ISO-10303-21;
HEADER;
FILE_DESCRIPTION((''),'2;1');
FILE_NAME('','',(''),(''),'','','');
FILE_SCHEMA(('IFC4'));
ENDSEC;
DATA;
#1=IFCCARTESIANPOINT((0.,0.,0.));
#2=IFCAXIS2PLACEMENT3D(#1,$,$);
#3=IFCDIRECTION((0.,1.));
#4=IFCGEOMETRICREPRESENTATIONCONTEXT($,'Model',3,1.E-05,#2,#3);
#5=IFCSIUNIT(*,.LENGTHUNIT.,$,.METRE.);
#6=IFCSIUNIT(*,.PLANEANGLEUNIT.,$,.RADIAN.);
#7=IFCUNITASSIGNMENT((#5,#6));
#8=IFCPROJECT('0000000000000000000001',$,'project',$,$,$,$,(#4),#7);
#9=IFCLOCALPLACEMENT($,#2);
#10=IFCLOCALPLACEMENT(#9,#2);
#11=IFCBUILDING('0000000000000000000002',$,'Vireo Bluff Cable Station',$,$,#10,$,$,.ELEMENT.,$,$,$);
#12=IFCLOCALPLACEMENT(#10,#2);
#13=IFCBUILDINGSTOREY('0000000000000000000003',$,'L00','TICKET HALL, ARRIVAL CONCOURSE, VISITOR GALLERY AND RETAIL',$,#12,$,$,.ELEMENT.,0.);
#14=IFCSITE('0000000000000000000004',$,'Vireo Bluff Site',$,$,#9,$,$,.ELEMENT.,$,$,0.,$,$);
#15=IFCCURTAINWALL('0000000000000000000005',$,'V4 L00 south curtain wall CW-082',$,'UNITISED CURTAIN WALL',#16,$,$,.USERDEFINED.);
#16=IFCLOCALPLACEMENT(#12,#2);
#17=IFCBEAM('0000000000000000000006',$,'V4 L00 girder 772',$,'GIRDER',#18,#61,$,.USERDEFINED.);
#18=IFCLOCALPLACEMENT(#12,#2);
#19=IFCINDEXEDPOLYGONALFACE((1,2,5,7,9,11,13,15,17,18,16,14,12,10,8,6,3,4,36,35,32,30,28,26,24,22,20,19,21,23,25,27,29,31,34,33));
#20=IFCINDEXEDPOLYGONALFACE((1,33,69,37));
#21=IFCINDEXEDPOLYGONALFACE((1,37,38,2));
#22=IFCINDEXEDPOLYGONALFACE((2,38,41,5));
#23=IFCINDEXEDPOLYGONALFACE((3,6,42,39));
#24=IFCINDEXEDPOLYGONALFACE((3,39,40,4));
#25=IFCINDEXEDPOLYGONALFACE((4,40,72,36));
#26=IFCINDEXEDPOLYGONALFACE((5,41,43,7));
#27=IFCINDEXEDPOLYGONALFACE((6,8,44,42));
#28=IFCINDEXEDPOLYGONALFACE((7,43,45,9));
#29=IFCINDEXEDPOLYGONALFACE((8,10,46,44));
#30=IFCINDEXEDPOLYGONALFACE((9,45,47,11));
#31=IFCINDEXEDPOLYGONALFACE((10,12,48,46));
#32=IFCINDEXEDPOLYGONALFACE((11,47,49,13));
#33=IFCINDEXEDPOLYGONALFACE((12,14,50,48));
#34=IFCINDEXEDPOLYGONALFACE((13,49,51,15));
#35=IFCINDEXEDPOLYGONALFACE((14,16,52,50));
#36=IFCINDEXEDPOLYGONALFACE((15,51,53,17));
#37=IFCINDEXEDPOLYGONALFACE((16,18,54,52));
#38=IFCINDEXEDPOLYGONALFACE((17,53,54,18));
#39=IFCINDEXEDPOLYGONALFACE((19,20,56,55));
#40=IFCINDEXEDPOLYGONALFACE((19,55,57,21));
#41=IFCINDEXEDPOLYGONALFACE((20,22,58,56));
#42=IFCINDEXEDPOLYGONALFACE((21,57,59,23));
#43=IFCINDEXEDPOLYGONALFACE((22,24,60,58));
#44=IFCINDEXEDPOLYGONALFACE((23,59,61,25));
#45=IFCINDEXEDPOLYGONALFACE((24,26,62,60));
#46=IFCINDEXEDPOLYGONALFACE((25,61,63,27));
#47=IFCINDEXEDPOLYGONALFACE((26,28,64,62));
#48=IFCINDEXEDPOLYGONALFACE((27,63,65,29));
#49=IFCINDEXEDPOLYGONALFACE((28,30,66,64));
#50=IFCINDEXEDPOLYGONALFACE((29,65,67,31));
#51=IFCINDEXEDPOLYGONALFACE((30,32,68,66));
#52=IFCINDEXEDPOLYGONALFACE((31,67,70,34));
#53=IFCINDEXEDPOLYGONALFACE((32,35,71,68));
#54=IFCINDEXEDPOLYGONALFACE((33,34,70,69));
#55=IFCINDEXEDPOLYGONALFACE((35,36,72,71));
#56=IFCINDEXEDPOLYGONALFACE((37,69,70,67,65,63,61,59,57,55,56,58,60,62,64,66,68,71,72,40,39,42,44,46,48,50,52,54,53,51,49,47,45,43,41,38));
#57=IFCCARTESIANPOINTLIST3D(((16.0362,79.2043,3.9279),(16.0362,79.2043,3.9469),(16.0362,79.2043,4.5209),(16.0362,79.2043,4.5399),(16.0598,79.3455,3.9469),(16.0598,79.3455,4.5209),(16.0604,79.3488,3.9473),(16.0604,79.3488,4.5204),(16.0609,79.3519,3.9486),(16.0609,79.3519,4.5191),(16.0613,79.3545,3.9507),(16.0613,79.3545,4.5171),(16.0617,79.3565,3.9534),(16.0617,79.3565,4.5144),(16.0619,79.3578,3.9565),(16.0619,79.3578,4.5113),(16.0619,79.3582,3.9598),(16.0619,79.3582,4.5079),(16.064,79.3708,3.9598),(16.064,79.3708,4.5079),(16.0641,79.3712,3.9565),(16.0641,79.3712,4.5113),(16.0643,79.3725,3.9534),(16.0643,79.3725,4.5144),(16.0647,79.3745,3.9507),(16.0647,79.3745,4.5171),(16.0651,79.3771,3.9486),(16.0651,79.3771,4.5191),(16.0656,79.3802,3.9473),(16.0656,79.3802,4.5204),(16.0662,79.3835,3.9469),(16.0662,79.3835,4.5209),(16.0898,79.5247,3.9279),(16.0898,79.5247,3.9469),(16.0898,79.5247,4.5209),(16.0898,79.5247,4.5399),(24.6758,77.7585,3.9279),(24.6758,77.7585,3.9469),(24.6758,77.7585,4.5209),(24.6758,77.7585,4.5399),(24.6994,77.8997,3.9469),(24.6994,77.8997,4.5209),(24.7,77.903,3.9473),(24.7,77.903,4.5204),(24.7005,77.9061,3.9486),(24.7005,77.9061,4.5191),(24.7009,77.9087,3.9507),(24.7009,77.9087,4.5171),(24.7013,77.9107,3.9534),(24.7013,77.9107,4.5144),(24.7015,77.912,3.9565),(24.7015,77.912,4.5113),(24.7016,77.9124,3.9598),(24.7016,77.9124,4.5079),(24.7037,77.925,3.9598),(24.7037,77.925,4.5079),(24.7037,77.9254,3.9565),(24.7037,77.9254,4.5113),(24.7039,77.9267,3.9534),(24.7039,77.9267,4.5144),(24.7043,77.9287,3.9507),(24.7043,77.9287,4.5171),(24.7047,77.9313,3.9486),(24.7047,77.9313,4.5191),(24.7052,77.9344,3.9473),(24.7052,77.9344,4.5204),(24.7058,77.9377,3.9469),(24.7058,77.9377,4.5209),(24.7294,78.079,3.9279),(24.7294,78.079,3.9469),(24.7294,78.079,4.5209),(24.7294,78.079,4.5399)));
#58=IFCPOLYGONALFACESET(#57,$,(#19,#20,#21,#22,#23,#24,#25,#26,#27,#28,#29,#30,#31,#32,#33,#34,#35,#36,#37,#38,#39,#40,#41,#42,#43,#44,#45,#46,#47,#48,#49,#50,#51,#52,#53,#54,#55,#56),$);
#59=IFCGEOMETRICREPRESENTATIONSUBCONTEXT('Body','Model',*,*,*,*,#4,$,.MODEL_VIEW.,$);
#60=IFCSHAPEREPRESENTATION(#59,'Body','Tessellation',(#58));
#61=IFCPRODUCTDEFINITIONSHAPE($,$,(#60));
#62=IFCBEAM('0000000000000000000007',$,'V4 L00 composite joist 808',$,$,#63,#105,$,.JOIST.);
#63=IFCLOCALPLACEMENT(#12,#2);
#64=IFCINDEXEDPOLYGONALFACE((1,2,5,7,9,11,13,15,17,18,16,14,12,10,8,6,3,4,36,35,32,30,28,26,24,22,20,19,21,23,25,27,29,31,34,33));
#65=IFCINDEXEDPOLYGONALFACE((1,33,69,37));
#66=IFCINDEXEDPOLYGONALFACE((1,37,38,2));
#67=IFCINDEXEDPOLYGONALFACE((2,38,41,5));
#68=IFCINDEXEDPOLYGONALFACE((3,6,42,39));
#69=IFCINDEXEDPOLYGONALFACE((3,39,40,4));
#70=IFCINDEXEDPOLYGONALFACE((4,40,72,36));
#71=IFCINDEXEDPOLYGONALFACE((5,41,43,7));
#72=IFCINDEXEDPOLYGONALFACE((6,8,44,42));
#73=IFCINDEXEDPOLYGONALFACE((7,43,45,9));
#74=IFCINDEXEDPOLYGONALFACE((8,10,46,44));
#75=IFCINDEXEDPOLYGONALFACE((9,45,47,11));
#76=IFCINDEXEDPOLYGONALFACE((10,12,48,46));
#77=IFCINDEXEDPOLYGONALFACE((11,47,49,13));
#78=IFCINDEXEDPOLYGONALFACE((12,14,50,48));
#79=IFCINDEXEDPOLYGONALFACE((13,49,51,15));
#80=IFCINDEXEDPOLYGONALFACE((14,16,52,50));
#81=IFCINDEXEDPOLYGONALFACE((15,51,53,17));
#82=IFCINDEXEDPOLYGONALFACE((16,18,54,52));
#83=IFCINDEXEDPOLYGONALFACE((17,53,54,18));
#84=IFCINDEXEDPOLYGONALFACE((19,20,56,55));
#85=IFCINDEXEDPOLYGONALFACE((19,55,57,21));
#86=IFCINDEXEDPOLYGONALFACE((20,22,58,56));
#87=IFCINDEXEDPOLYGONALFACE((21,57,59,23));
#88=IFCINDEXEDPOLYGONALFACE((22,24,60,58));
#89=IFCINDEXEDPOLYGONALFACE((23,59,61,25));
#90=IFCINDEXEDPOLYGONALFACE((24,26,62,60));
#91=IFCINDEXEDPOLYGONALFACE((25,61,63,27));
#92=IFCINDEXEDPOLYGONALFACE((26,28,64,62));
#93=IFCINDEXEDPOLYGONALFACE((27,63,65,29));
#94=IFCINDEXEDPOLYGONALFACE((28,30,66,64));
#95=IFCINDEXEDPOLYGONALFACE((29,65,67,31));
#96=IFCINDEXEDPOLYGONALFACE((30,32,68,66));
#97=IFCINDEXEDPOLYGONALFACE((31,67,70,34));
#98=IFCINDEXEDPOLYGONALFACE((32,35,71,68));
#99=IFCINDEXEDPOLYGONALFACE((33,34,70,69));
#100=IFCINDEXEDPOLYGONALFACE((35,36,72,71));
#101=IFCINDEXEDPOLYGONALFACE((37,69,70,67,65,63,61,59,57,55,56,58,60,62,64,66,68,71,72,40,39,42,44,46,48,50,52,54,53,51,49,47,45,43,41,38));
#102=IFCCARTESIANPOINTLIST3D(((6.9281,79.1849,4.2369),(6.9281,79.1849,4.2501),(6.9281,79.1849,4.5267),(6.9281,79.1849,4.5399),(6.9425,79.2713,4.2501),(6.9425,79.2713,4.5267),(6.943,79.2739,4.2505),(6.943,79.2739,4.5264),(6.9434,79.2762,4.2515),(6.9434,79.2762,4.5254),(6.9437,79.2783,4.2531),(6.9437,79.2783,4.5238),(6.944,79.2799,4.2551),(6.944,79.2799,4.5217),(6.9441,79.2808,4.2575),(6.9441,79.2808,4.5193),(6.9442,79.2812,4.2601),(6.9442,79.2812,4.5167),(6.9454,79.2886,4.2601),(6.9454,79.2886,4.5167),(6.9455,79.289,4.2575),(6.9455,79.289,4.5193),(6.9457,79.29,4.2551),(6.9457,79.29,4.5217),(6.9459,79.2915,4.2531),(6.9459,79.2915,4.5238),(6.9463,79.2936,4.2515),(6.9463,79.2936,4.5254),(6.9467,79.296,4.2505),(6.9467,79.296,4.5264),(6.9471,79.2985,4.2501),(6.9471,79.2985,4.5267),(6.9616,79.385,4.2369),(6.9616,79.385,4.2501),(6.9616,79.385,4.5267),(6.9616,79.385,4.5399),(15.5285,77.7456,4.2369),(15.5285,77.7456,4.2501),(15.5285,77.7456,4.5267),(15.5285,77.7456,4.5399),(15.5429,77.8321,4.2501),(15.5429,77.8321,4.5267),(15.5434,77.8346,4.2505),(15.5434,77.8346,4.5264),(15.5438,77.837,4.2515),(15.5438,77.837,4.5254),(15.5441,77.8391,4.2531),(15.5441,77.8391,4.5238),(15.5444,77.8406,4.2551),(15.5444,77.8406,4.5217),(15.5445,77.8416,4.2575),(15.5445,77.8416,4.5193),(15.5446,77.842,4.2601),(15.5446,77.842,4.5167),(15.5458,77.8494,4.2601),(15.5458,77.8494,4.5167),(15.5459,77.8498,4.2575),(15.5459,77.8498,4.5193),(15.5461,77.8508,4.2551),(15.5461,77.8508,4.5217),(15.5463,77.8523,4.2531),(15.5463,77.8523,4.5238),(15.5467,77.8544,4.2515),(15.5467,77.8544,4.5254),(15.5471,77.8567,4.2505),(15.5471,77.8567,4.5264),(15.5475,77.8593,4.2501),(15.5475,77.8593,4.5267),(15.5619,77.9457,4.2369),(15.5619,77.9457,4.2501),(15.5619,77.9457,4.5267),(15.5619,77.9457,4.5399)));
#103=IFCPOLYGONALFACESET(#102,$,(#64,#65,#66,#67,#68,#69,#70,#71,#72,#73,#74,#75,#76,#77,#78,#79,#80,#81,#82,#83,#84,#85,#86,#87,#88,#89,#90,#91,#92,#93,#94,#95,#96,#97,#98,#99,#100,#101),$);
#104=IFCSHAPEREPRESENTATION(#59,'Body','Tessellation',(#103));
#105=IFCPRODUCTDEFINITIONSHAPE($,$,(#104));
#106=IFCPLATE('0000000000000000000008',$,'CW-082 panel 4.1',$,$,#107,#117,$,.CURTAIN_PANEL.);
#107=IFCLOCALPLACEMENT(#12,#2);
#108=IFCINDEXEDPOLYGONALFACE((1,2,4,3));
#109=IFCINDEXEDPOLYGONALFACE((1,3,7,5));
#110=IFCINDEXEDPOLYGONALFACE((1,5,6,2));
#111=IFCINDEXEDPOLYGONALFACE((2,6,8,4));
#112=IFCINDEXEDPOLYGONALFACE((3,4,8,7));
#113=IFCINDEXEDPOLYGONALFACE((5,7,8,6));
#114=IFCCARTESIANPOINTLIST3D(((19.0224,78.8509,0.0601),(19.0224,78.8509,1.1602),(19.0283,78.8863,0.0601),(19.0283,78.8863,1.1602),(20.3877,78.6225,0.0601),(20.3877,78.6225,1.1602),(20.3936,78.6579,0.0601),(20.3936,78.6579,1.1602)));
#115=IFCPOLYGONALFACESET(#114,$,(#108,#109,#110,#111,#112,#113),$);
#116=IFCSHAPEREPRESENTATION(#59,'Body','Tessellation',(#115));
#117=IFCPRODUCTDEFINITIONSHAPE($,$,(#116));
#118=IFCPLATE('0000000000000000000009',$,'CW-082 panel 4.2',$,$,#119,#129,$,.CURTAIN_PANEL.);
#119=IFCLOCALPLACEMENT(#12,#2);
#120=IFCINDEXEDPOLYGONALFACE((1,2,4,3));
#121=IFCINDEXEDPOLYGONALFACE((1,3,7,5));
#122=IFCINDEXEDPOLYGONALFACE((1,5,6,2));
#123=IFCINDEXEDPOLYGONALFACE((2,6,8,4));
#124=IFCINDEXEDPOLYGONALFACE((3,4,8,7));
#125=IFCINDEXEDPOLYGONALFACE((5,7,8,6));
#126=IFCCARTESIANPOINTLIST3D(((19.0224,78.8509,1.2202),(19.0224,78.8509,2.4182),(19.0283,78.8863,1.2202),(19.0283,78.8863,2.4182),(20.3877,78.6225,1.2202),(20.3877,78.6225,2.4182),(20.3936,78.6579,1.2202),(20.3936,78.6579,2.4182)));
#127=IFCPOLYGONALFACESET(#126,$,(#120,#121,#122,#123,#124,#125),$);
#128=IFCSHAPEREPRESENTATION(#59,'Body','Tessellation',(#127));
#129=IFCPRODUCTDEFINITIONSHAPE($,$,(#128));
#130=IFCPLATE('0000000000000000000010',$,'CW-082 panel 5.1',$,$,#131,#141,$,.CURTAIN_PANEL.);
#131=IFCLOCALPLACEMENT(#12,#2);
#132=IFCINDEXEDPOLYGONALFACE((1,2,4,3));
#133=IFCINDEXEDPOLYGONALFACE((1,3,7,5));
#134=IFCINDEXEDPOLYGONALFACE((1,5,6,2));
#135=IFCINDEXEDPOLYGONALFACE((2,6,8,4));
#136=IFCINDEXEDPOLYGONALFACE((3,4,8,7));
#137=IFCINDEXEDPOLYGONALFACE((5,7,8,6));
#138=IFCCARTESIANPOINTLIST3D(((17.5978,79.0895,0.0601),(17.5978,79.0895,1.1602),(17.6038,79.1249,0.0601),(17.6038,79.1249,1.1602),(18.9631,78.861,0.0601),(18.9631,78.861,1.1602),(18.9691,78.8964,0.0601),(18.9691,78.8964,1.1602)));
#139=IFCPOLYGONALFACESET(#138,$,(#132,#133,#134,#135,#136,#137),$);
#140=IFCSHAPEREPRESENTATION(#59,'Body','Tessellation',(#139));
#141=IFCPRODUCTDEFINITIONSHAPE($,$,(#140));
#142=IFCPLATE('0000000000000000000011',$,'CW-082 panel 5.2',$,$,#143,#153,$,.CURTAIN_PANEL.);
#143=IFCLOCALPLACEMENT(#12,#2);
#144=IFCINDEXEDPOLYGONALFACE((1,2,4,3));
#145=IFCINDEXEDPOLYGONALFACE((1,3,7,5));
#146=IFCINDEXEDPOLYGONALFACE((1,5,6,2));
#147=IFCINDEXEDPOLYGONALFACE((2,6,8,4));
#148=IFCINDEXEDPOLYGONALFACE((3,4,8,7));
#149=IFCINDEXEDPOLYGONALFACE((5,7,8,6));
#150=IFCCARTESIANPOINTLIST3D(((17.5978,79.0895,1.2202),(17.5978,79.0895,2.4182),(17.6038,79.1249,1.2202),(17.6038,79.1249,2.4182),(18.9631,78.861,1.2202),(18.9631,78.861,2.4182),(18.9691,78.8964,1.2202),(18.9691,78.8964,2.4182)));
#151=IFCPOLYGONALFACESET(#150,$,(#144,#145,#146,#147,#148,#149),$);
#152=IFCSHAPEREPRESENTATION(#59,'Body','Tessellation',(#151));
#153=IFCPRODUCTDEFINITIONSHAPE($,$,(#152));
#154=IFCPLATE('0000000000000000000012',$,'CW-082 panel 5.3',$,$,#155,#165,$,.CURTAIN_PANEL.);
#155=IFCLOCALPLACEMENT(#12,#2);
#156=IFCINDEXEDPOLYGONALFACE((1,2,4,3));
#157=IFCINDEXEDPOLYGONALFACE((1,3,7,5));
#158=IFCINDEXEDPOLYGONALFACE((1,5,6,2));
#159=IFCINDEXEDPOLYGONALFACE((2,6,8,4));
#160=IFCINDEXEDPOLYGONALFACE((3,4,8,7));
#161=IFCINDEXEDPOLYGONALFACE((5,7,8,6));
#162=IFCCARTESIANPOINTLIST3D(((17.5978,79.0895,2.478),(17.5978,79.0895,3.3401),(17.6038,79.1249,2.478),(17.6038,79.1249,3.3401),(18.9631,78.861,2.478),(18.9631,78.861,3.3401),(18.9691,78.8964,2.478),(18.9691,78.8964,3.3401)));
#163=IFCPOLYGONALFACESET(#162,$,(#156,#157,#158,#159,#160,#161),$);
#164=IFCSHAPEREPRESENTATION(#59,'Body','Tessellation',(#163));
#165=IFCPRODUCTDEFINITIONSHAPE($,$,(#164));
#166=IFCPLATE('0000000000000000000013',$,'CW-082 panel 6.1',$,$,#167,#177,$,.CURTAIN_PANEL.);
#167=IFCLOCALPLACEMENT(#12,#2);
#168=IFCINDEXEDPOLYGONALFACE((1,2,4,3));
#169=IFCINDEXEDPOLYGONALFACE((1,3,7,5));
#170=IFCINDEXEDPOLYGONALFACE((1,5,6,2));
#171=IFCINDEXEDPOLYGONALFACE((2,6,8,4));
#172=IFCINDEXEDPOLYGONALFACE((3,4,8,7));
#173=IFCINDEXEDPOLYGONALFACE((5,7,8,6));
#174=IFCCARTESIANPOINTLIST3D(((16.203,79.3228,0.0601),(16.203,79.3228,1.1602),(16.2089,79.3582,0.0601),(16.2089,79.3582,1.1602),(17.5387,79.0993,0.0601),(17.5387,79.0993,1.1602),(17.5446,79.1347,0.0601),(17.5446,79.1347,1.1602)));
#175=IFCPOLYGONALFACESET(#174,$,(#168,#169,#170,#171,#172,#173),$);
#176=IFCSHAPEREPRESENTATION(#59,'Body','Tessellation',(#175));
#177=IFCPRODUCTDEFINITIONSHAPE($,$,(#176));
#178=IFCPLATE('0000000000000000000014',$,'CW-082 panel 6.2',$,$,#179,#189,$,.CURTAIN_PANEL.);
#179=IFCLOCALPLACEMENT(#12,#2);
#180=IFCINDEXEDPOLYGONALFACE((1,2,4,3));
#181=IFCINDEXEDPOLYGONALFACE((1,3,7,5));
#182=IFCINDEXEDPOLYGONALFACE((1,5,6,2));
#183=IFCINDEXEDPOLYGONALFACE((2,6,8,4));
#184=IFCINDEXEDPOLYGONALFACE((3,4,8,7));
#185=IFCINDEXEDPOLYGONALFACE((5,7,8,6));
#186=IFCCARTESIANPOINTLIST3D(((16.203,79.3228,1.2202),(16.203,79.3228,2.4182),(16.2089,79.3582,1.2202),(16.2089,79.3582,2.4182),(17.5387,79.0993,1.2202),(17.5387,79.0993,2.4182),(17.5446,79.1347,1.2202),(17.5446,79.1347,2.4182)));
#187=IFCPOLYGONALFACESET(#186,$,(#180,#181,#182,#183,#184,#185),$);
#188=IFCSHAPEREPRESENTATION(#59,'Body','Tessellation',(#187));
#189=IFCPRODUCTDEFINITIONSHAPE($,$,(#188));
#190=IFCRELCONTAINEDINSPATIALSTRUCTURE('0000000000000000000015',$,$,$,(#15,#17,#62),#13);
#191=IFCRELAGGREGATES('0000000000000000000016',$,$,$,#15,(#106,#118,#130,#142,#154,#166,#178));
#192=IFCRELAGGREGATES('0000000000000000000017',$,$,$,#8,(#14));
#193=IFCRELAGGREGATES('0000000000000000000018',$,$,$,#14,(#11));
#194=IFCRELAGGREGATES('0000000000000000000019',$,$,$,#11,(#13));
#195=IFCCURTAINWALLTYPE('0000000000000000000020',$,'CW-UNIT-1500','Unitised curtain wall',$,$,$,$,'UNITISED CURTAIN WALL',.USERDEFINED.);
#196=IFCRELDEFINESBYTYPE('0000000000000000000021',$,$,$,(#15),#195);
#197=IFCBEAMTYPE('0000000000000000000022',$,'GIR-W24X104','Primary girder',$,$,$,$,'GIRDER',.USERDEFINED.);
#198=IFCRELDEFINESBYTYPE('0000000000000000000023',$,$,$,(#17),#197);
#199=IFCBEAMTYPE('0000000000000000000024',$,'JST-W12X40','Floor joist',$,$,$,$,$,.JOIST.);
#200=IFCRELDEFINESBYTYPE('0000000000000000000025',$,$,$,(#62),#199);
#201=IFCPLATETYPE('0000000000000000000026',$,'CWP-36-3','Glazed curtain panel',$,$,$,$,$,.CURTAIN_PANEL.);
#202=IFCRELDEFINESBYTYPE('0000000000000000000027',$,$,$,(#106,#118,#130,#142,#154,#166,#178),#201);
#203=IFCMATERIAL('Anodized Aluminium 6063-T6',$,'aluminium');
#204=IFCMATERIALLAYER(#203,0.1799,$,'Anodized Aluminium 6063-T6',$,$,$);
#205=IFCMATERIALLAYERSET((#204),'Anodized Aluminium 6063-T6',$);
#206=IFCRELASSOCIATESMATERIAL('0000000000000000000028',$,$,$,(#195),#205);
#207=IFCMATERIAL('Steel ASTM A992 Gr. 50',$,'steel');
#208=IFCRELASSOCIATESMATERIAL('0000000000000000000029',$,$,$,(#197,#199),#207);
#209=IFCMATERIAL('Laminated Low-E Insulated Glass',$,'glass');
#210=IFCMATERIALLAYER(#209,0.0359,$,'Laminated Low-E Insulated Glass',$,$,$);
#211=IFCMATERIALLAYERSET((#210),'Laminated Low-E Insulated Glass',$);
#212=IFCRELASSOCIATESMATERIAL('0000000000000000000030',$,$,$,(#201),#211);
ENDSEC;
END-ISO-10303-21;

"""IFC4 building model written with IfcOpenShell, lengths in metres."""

from ifc_helpers import new_model, si_unit, direction, frame, origin, origin_2d, place, context, subcontext, project, spatial, rectangle, i_section, extrude, material, layer, layer_set, material_profile, profile_set, type_object, element, aggregate, save


model = new_model("IFC4")

# Units and contexts
model_context = context("Model", 3, precision=1e-05, world=origin(), true_north=direction((0.0, 1.0)))
body_context = subcontext(model_context, "Body", "Model", "MODEL_VIEW")
ifc_project = project(units=[si_unit("LENGTHUNIT", "METRE"), si_unit("PLANEANGLEUNIT", "RADIAN")], contexts=[model_context])

# Site, building, storey
site_placement = place(None, origin())
site = spatial("IfcSite", under=ifc_project, at=site_placement, Name="Vireo Bluff Site", CompositionType="ELEMENT", RefElevation=0.0)
building_placement = place(site_placement, origin())
building = spatial("IfcBuilding", under=site, at=building_placement, Name="Vireo Bluff Cable Station", CompositionType="ELEMENT")
storey_placement = place(building_placement, origin())
storey = spatial("IfcBuildingStorey", under=building, at=storey_placement, Name="L00", Description="TICKET HALL, ARRIVAL CONCOURSE, VISITOR GALLERY AND RETAIL", CompositionType="ELEMENT", Elevation=0.0)

# Curtain wall
ifc_material_1 = material(Name="Anodized Aluminium 6063-T6", Category="aluminium")
ifc_layer_1 = layer(ifc_material_1, 0.1799, Name="Anodized Aluminium 6063-T6")
ifc_layer_set_1 = layer_set([ifc_layer_1], Name="Anodized Aluminium 6063-T6")
curtain_wall_type = type_object("IfcCurtainWallType", Name="CW-UNIT-1500", Description="Unitised curtain wall", ElementType="UNITISED CURTAIN WALL", PredefinedType="USERDEFINED", material=ifc_layer_set_1)
curtain_wall_placement = place(storey_placement, origin())
curtain_wall = element("IfcCurtainWall", 1, at=curtain_wall_placement, inside=storey, type_object=curtain_wall_type, Name="V4 L00 south curtain wall CW-082", ObjectType="UNITISED CURTAIN WALL", PredefinedType="USERDEFINED")

# Beams
ifc_material_2 = material(Name="Steel ASTM A992 Gr. 50", Category="steel")
ifc_material_profile_1 = material_profile(ifc_material_2, i_section(OverallWidth=0.325, OverallDepth=0.6121, WebThickness=0.0127, FlangeThickness=0.019, FilletRadius=0.0129, at=origin_2d()), Name="W24X104")
ifc_profile_set_1 = profile_set([ifc_material_profile_1], Name="Steel ASTM A992 Gr. 50")
beam_type_1 = type_object("IfcBeamType", Name="GIR-W24X104", Description="Primary girder", ElementType="GIRDER", PredefinedType="USERDEFINED", material=ifc_profile_set_1)
beam_1_placement = place(storey_placement, frame((16.063, 79.3645, 4.2339), z_axis=(0.986285, -0.16505, 0.0), x_axis=(0.16505, 0.986285, 0.0)))
element("IfcBeam", 2, at=beam_1_placement, inside=storey, type_object=beam_type_1, Name="V4 L00 girder 772", ObjectType="GIRDER", PredefinedType="USERDEFINED", context=body_context, shape_type="SweptSolid", body=[
    extrude(i_section(OverallWidth=0.325, OverallDepth=0.6121, WebThickness=0.0127, FlangeThickness=0.019, FilletRadius=0.0129, at=origin_2d()), origin(), (0.0, 0.0, 1.0), 8.7598),
])
ifc_material_profile_2 = material_profile(ifc_material_2, i_section(OverallWidth=0.2029, OverallDepth=0.303, WebThickness=0.0076, FlangeThickness=0.0132, FilletRadius=0.01, at=origin_2d()), Name="W12X40")
ifc_profile_set_2 = profile_set([ifc_material_profile_2], Name="Steel ASTM A992 Gr. 50")
beam_type_2 = type_object("IfcBeamType", Name="JST-W12X40", Description="Floor joist", PredefinedType="JOIST", material=ifc_profile_set_2)
beam_2_placement = place(storey_placement, frame((6.9448, 79.2849, 4.3884), z_axis=(0.986286, -0.165048, 0.0), x_axis=(0.165048, 0.986286, 0.0)))
element("IfcBeam", 3, at=beam_2_placement, inside=storey, type_object=beam_type_2, Name="V4 L00 composite joist 808", PredefinedType="JOIST", context=body_context, shape_type="SweptSolid", body=[
    extrude(i_section(OverallWidth=0.2029, OverallDepth=0.303, WebThickness=0.0076, FlangeThickness=0.0132, FilletRadius=0.01, at=origin_2d()), origin(), (0.0, 0.0, 1.0), 8.72),
])

# Plates
ifc_material_3 = material(Name="Laminated Low-E Insulated Glass", Category="glass")
ifc_layer_2 = layer(ifc_material_3, 0.0359, Name="Laminated Low-E Insulated Glass")
ifc_layer_set_2 = layer_set([ifc_layer_2], Name="Laminated Low-E Insulated Glass")
plate_type = type_object("IfcPlateType", Name="CWP-36-3", Description="Glazed curtain panel", PredefinedType="CURTAIN_PANEL", material=ifc_layer_set_2)
plate_1_placement = place(storey_placement, frame((19.708, 78.7544, 0.0601), z_axis=(0.0, 0.0, 1.0), x_axis=(-0.986286, 0.165048, 0.0)))
plate_1 = element("IfcPlate", 4, at=plate_1_placement, type_object=plate_type, Name="CW-082 panel 4.1", PredefinedType="CURTAIN_PANEL", context=body_context, shape_type="SweptSolid", body=[
    extrude(rectangle(XDim=1.3843, YDim=0.0359, at=origin_2d()), origin(), (0.0, 0.0, 1.0), 1.1001),
])
plate_2_placement = place(storey_placement, frame((19.708, 78.7544, 1.2202), z_axis=(0.0, 0.0, 1.0), x_axis=(-0.986286, 0.165048, 0.0)))
plate_2 = element("IfcPlate", 5, at=plate_2_placement, type_object=plate_type, Name="CW-082 panel 4.2", PredefinedType="CURTAIN_PANEL", context=body_context, shape_type="SweptSolid", body=[
    extrude(rectangle(XDim=1.3843, YDim=0.0359, at=origin_2d()), origin(), (0.0, 0.0, 1.0), 1.198),
])
plate_3_placement = place(storey_placement, frame((18.2834, 78.9929, 0.0601), z_axis=(0.0, 0.0, 1.0), x_axis=(-0.986286, 0.165048, 0.0)))
plate_3 = element("IfcPlate", 6, at=plate_3_placement, type_object=plate_type, Name="CW-082 panel 5.1", PredefinedType="CURTAIN_PANEL", context=body_context, shape_type="SweptSolid", body=[
    extrude(rectangle(XDim=1.3843, YDim=0.0359, at=origin_2d()), origin(), (0.0, 0.0, 1.0), 1.1001),
])
plate_4_placement = place(storey_placement, frame((18.2834, 78.9929, 1.2202), z_axis=(0.0, 0.0, 1.0), x_axis=(-0.986286, 0.165048, 0.0)))
plate_4 = element("IfcPlate", 7, at=plate_4_placement, type_object=plate_type, Name="CW-082 panel 5.2", PredefinedType="CURTAIN_PANEL", context=body_context, shape_type="SweptSolid", body=[
    extrude(rectangle(XDim=1.3843, YDim=0.0359, at=origin_2d()), origin(), (0.0, 0.0, 1.0), 1.198),
])
plate_5_placement = place(storey_placement, frame((18.2834, 78.9929, 2.478), z_axis=(0.0, 0.0, 1.0), x_axis=(-0.986286, 0.165048, 0.0)))
plate_5 = element("IfcPlate", 8, at=plate_5_placement, type_object=plate_type, Name="CW-082 panel 5.3", PredefinedType="CURTAIN_PANEL", context=body_context, shape_type="SweptSolid", body=[
    extrude(rectangle(XDim=1.3843, YDim=0.0359, at=origin_2d()), origin(), (0.0, 0.0, 1.0), 0.8621),
])
plate_6_placement = place(storey_placement, frame((16.8738, 79.2288, 0.0601), z_axis=(0.0, 0.0, 1.0), x_axis=(-0.986286, 0.165048, 0.0)))
plate_6 = element("IfcPlate", 9, at=plate_6_placement, type_object=plate_type, Name="CW-082 panel 6.1", PredefinedType="CURTAIN_PANEL", context=body_context, shape_type="SweptSolid", body=[
    extrude(rectangle(XDim=1.3542, YDim=0.0359, at=origin_2d()), origin(), (0.0, 0.0, 1.0), 1.1001),
])
plate_7_placement = place(storey_placement, frame((16.8738, 79.2288, 1.2202), z_axis=(0.0, 0.0, 1.0), x_axis=(-0.986286, 0.165048, 0.0)))
plate_7 = element("IfcPlate", 10, at=plate_7_placement, type_object=plate_type, Name="CW-082 panel 6.2", PredefinedType="CURTAIN_PANEL", context=body_context, shape_type="SweptSolid", body=[
    extrude(rectangle(XDim=1.3542, YDim=0.0359, at=origin_2d()), origin(), (0.0, 0.0, 1.0), 1.198),
])
aggregate(curtain_wall, [plate_1, plate_2, plate_3, plate_4, plate_5, plate_6, plate_7])

save(model, "model.ifc")
